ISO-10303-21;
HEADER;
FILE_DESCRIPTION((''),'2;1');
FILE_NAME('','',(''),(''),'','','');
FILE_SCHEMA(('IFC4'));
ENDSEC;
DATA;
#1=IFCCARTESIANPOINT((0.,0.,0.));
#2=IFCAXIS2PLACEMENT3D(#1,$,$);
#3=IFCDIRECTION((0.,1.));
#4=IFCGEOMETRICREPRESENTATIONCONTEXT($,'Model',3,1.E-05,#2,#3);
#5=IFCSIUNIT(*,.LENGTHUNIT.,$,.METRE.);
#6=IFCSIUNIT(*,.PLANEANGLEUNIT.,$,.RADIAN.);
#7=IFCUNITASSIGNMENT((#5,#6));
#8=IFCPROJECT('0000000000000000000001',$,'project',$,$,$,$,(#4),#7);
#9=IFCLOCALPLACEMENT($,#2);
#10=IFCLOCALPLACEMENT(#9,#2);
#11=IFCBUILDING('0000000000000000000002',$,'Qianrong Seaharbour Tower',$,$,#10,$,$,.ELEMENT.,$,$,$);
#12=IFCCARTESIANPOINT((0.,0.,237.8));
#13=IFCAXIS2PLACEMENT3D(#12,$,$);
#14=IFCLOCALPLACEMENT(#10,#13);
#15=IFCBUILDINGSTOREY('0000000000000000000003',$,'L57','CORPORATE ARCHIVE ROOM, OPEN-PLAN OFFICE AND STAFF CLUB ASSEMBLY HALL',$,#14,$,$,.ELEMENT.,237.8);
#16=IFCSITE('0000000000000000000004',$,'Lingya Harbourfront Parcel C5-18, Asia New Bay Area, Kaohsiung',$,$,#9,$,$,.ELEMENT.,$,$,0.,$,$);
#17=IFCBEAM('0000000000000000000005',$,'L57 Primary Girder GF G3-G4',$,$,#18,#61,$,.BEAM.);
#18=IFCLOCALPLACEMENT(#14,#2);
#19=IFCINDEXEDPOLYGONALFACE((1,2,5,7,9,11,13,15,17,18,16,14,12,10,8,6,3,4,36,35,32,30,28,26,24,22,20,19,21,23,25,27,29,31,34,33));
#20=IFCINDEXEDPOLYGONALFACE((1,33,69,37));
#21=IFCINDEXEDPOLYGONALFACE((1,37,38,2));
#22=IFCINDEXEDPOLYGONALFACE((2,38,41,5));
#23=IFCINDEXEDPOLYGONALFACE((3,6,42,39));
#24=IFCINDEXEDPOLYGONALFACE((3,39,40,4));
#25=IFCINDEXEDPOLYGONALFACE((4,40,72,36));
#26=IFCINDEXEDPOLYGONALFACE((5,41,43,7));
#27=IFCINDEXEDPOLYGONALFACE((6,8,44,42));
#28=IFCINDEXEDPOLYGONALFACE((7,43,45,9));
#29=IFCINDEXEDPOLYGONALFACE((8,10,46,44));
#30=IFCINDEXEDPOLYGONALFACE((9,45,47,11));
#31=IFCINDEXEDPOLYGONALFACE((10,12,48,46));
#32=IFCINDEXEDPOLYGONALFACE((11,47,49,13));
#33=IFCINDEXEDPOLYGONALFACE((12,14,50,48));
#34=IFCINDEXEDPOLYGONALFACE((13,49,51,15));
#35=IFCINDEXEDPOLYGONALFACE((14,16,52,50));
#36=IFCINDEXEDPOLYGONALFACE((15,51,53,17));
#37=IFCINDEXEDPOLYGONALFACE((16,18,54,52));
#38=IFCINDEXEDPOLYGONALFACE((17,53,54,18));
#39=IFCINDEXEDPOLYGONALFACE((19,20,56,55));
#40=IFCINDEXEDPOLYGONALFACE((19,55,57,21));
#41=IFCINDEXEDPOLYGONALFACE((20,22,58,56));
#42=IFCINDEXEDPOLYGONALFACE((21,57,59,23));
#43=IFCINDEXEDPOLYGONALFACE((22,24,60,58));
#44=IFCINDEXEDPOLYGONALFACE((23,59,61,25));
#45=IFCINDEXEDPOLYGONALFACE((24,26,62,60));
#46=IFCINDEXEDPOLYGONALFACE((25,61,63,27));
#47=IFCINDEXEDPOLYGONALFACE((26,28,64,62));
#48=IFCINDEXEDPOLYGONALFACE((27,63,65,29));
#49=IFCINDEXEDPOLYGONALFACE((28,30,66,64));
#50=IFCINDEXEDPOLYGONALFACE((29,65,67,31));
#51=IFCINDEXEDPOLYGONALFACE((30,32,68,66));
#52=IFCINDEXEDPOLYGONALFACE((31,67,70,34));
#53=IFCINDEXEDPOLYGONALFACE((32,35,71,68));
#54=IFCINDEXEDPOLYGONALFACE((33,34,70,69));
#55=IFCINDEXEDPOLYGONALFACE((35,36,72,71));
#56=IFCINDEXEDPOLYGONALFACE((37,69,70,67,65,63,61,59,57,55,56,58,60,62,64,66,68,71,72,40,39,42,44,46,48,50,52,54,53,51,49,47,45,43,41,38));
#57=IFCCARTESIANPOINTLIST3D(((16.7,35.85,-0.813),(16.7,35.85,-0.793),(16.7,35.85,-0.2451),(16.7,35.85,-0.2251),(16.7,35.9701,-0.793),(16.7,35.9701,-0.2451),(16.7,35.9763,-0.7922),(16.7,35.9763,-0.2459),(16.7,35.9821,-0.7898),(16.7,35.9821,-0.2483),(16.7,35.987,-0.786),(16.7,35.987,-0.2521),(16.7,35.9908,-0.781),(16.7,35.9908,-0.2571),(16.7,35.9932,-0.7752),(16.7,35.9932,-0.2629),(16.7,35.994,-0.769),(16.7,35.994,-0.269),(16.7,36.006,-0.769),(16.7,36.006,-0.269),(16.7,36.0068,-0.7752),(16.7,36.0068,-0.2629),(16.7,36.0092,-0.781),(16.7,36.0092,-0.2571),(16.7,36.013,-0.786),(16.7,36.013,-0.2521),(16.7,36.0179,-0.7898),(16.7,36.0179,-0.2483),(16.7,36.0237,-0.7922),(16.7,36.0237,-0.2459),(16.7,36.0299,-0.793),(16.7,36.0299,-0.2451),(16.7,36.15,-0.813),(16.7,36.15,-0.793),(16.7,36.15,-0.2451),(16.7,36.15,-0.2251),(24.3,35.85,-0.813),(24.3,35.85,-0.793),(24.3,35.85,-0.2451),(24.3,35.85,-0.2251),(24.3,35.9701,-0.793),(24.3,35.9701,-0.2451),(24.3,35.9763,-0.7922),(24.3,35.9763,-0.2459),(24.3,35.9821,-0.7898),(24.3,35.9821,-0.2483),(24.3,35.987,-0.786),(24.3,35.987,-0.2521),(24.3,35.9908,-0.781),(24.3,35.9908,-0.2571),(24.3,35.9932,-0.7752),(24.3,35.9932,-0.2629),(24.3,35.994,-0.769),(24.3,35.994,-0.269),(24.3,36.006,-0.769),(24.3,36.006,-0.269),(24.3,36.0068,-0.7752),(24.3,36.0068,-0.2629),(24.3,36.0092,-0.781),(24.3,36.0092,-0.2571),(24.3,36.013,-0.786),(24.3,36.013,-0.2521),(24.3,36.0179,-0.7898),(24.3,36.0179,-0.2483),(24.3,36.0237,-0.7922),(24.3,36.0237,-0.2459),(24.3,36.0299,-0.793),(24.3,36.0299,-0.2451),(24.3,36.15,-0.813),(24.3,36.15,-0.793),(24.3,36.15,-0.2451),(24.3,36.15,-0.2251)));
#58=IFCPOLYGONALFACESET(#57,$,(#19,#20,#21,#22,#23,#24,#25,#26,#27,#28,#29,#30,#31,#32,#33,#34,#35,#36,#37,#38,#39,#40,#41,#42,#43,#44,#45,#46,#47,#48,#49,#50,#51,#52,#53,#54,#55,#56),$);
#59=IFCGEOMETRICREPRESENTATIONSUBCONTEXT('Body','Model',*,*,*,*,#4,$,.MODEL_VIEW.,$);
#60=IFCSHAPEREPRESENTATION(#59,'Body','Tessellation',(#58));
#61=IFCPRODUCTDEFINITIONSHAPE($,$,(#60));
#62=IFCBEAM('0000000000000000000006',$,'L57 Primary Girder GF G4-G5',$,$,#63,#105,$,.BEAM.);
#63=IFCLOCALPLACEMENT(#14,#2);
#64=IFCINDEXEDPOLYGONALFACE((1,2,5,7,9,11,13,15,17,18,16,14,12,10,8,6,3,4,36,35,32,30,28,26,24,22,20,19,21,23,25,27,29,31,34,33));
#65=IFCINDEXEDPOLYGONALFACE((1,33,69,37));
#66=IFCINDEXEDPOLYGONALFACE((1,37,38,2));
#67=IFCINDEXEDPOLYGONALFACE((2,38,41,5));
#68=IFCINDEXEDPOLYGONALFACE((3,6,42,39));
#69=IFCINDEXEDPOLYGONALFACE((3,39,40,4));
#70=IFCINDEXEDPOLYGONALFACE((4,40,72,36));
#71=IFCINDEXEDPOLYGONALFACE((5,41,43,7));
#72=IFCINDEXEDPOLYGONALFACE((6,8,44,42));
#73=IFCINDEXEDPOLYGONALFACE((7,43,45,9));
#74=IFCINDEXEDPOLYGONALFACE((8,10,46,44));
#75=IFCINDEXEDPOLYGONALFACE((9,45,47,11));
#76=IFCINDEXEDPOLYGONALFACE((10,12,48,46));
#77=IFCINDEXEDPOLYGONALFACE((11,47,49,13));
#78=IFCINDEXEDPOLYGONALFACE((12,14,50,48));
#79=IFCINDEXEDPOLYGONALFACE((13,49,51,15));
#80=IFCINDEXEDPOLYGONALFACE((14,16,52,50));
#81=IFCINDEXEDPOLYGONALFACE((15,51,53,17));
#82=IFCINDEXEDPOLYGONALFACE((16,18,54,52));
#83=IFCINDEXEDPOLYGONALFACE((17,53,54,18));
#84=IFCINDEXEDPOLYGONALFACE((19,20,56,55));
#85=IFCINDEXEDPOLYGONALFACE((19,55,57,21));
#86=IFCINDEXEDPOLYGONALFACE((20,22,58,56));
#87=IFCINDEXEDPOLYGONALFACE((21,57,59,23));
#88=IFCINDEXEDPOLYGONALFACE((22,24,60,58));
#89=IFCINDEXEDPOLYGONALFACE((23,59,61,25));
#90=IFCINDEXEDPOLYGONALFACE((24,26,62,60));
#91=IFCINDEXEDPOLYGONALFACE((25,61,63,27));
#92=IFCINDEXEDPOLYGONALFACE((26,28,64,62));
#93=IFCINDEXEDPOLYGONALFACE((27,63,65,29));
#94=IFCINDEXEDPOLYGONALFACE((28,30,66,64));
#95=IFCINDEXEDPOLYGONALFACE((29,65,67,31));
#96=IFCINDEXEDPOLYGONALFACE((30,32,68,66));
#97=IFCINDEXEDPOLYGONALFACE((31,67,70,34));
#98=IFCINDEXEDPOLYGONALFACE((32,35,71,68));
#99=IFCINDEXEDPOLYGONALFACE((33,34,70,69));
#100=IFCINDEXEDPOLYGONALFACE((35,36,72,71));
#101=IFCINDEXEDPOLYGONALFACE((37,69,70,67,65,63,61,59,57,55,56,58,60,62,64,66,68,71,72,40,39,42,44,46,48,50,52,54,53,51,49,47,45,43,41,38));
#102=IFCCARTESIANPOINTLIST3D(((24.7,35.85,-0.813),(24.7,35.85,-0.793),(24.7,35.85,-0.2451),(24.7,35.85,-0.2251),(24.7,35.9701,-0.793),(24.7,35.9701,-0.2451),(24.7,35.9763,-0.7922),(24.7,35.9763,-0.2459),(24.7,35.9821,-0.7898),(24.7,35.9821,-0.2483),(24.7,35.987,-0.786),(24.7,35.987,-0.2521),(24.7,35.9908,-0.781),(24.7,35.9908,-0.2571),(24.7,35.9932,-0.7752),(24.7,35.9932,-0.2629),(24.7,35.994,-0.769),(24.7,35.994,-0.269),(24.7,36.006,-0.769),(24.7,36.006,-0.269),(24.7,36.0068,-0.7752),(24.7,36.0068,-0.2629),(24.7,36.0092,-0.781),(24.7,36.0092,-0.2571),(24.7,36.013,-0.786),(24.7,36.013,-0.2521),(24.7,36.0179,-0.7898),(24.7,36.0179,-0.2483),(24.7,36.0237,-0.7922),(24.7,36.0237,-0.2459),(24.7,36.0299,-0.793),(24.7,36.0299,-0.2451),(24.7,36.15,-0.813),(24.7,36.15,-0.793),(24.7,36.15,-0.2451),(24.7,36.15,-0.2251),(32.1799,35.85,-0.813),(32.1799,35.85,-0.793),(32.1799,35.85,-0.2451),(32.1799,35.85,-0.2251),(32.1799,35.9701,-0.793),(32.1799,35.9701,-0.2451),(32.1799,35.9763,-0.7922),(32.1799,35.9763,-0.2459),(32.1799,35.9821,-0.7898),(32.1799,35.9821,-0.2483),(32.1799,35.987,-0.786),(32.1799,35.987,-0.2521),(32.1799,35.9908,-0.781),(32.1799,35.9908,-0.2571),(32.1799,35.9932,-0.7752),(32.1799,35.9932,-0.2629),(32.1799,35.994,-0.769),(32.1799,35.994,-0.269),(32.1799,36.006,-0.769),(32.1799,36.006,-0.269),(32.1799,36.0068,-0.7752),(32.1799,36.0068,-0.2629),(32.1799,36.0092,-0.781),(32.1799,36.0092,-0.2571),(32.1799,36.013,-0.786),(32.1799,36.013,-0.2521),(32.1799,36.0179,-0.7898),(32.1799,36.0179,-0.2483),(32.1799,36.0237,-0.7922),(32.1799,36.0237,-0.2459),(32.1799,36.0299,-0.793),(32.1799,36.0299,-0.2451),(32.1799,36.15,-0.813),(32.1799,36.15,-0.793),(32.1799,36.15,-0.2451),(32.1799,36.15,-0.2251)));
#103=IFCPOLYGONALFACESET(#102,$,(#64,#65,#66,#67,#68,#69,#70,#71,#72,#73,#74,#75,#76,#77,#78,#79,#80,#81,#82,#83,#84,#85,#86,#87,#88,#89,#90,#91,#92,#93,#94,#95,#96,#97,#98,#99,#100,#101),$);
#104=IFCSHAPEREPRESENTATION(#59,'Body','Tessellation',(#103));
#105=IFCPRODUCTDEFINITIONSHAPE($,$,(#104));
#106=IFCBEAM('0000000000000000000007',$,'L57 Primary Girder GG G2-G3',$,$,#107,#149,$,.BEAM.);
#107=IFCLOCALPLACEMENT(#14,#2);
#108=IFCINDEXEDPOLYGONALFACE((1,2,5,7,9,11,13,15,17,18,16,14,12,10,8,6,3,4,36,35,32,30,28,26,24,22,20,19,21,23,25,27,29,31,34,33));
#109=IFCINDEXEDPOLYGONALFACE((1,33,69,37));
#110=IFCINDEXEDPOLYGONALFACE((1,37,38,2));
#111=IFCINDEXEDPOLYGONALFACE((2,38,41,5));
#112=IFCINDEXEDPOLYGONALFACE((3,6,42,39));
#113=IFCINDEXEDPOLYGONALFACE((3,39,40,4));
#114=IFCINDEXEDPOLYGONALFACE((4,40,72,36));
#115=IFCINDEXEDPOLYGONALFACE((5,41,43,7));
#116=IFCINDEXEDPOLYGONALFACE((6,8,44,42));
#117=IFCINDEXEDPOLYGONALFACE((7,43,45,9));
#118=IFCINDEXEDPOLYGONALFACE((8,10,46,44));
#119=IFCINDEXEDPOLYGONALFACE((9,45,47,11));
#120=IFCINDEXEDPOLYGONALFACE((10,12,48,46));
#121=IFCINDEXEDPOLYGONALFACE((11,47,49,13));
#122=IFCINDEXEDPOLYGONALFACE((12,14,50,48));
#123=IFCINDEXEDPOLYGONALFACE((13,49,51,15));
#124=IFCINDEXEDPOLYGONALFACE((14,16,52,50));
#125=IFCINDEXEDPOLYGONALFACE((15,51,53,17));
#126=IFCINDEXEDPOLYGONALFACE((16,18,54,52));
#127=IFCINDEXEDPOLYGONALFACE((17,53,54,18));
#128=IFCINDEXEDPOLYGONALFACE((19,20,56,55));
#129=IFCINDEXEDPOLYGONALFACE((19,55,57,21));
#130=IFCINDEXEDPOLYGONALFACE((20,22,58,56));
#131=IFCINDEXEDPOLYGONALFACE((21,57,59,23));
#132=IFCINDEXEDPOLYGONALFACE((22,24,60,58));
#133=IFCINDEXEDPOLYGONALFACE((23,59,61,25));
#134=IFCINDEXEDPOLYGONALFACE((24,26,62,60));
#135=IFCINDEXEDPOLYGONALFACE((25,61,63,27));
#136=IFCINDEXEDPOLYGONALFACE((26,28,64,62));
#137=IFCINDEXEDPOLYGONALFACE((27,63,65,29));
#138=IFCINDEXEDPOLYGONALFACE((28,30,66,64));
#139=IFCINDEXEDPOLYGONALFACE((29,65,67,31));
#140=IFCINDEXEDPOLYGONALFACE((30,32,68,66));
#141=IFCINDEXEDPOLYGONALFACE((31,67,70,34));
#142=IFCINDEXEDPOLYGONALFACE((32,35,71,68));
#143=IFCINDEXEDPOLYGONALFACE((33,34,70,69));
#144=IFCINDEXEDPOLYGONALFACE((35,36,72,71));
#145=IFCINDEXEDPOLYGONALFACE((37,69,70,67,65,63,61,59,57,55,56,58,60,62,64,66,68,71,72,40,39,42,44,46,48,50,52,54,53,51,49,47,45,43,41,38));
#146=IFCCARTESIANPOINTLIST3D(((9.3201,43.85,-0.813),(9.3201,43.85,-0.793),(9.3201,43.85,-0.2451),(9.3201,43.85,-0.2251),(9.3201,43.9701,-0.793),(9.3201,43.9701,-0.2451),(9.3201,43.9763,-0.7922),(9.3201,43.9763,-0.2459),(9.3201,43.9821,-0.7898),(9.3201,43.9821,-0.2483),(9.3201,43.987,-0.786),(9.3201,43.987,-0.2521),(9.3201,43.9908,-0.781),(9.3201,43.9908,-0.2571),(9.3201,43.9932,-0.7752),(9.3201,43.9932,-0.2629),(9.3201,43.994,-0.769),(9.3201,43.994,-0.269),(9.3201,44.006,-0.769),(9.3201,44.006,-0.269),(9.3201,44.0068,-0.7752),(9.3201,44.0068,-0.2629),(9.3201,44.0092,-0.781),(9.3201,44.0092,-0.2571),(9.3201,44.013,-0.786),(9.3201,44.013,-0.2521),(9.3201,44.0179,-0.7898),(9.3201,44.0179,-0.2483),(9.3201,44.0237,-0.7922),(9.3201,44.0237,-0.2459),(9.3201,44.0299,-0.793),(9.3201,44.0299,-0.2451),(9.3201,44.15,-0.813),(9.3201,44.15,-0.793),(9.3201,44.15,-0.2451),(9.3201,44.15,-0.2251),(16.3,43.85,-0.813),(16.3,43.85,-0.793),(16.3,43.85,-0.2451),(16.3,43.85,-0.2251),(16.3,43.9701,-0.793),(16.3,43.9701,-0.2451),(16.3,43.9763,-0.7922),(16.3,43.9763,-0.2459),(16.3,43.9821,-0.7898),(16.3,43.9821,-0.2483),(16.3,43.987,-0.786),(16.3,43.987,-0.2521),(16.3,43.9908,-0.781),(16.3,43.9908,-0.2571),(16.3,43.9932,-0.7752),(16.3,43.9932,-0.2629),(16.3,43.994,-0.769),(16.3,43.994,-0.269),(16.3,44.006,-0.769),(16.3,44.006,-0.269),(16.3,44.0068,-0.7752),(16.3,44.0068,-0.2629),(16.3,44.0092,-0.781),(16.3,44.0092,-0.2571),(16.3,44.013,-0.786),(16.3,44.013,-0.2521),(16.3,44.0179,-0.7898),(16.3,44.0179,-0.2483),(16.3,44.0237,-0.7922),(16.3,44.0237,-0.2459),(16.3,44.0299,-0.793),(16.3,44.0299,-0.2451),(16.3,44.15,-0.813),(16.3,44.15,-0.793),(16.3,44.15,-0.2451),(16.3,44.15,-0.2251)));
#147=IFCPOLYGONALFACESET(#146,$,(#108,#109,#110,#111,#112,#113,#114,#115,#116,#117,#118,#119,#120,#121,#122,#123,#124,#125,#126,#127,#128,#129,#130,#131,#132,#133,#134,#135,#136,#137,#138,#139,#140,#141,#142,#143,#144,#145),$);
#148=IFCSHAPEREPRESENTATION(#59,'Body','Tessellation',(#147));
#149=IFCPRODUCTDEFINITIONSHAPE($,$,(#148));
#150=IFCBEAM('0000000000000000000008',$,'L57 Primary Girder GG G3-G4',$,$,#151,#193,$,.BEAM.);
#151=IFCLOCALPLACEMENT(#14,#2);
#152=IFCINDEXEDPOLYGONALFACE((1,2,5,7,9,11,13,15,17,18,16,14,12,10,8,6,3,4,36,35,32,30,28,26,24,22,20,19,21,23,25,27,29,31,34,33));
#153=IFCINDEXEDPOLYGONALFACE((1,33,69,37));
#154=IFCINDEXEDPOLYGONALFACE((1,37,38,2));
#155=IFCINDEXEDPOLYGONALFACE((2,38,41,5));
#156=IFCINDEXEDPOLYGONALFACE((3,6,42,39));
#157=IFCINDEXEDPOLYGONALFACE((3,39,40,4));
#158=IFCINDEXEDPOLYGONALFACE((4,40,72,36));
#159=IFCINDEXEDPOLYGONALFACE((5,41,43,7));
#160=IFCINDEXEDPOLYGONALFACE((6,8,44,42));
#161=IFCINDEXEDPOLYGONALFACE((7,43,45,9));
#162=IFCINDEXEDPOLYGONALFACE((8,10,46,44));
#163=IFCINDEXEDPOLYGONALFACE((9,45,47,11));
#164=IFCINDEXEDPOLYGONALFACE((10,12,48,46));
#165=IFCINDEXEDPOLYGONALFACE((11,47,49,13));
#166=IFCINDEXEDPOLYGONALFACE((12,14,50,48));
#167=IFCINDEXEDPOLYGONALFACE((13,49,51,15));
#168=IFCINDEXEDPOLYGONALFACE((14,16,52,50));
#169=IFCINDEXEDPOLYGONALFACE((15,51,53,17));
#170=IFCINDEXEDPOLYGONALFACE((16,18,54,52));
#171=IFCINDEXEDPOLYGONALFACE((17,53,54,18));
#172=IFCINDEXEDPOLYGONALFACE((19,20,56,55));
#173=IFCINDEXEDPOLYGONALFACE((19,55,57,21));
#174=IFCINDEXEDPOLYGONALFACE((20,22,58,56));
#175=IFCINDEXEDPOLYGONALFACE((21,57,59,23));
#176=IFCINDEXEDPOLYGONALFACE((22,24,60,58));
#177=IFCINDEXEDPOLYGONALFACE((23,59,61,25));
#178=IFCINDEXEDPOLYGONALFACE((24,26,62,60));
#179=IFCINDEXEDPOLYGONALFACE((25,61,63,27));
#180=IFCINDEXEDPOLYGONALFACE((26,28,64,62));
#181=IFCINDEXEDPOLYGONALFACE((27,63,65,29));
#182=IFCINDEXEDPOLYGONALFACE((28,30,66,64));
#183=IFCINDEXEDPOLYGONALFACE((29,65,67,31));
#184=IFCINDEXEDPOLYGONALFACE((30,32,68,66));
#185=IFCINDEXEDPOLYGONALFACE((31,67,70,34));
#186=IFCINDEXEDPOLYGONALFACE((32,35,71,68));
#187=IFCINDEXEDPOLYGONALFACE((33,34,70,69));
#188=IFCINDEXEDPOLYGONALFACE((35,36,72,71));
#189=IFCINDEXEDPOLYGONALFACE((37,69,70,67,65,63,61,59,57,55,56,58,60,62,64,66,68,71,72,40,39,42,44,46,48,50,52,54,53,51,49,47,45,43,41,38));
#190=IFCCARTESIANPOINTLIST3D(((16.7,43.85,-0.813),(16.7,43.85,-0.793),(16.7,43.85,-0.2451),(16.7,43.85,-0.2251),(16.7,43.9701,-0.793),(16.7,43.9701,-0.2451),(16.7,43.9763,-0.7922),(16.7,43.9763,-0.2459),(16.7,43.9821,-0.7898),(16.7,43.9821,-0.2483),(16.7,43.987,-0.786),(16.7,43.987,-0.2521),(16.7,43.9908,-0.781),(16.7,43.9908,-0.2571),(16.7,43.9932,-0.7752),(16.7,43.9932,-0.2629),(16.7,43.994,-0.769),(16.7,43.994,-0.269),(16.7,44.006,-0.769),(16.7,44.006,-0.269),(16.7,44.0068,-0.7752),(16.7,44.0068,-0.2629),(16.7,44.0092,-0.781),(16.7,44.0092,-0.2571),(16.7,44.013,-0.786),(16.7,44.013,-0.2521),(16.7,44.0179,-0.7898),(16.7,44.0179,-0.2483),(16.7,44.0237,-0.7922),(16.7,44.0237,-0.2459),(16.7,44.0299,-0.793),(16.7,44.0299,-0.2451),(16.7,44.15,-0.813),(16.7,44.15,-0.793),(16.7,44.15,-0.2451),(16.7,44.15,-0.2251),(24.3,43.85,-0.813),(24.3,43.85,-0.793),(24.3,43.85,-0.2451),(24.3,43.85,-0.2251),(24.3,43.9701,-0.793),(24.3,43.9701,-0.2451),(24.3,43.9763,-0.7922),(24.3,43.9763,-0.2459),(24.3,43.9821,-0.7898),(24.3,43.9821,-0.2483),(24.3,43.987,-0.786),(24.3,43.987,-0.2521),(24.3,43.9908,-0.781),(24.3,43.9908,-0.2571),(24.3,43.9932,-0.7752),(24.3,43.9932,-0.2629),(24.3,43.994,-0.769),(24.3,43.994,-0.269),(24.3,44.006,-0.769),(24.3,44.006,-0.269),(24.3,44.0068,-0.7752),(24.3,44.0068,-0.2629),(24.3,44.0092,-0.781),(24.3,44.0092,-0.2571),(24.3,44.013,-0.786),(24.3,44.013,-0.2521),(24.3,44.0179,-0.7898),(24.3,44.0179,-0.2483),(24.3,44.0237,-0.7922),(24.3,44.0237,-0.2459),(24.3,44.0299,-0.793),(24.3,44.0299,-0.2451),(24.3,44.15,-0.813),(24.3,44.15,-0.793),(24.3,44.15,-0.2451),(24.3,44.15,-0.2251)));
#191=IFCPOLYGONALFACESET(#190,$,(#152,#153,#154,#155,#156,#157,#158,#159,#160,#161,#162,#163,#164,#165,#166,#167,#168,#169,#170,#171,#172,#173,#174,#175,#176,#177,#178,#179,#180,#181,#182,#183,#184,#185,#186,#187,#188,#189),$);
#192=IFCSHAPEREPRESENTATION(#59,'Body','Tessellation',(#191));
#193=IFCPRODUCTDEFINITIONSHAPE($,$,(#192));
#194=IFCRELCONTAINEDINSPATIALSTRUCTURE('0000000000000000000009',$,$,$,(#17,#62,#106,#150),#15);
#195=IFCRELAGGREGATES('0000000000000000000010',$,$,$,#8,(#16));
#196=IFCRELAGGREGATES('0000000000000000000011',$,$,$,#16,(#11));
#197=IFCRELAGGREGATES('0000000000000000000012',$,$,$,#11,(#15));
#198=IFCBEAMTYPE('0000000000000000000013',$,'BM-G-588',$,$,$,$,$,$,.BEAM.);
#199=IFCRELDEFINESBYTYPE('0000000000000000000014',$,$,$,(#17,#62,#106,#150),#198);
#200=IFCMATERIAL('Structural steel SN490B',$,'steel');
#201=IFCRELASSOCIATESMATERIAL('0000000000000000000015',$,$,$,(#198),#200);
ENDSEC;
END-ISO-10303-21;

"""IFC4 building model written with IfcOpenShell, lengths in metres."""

from ifc_helpers import new_model, si_unit, direction, frame, origin, origin_2d, place, context, subcontext, project, spatial, i_section, extrude, material, material_profile, profile_set, type_object, element, save


model = new_model("IFC4")

# Units and contexts
model_context = context("Model", 3, precision=1e-05, world=origin(), true_north=direction((0.0, 1.0)))
body_context = subcontext(model_context, "Body", "Model", "MODEL_VIEW")
ifc_project = project(units=[si_unit("LENGTHUNIT", "METRE"), si_unit("PLANEANGLEUNIT", "RADIAN")], contexts=[model_context])

# Site, building, storey
site_placement = place(None, origin())
site = spatial("IfcSite", under=ifc_project, at=site_placement, Name="Lingya Harbourfront Parcel C5-18, Asia New Bay Area, Kaohsiung", CompositionType="ELEMENT", RefElevation=0.0)
building_placement = place(site_placement, origin())
building = spatial("IfcBuilding", under=site, at=building_placement, Name="Qianrong Seaharbour Tower", CompositionType="ELEMENT")
storey_placement = place(building_placement, frame((0.0, 0.0, 237.8)))
storey = spatial("IfcBuildingStorey", under=building, at=storey_placement, Name="L57", Description="CORPORATE ARCHIVE ROOM, OPEN-PLAN OFFICE AND STAFF CLUB ASSEMBLY HALL", CompositionType="ELEMENT", Elevation=237.8)

# Shared definitions
ifc_material_1 = material(Name="Structural steel SN490B", Category="steel")

# Beams
ifc_material_profile_1 = material_profile(ifc_material_1, i_section(OverallWidth=0.3, OverallDepth=0.5879, WebThickness=0.012, FlangeThickness=0.02, FilletRadius=0.0239, at=origin_2d()), Name="H588x300x12x20")
ifc_profile_set_1 = profile_set([ifc_material_profile_1], Name="Structural steel SN490B")
beam_type_1 = type_object("IfcBeamType", Name="BM-G-588", PredefinedType="BEAM", material=ifc_profile_set_1)
beam_1_placement = place(storey_placement, frame((16.7, 36.0, -0.519), z_axis=(1.0, 0.0, 0.0), x_axis=(0.0, 1.0, 0.0)))
element("IfcBeam", 1, at=beam_1_placement, inside=storey, type_object=beam_type_1, Name="L57 Primary Girder GF G3-G4", PredefinedType="BEAM", context=body_context, shape_type="SweptSolid", body=[
    extrude(i_section(OverallWidth=0.3, OverallDepth=0.5879, WebThickness=0.012, FlangeThickness=0.02, FilletRadius=0.0239, at=origin_2d()), origin(), (0.0, 0.0, 1.0), 7.6001),
])
beam_2_placement = place(storey_placement, frame((24.7, 36.0, -0.519), z_axis=(1.0, 0.0, 0.0), x_axis=(0.0, 1.0, 0.0)))
element("IfcBeam", 2, at=beam_2_placement, inside=storey, type_object=beam_type_1, Name="L57 Primary Girder GF G4-G5", PredefinedType="BEAM", context=body_context, shape_type="SweptSolid", body=[
    extrude(i_section(OverallWidth=0.3, OverallDepth=0.5879, WebThickness=0.012, FlangeThickness=0.02, FilletRadius=0.0239, at=origin_2d()), origin(), (0.0, 0.0, 1.0), 7.48),
])
beam_3_placement = place(storey_placement, frame((9.3201, 44.0, -0.519), z_axis=(1.0, 0.0, 0.0), x_axis=(0.0, 1.0, 0.0)))
element("IfcBeam", 3, at=beam_3_placement, inside=storey, type_object=beam_type_1, Name="L57 Primary Girder GG G2-G3", PredefinedType="BEAM", context=body_context, shape_type="SweptSolid", body=[
    extrude(i_section(OverallWidth=0.3, OverallDepth=0.5879, WebThickness=0.012, FlangeThickness=0.02, FilletRadius=0.0239, at=origin_2d()), origin(), (0.0, 0.0, 1.0), 6.98),
])
for number, where, z_axis, x_axis, name in (
    (4, (16.7, 44.0, -0.519), (1.0, 0.0, 0.0), (0.0, 1.0, 0.0), "L57 Primary Girder GG G3-G4"),
):
    element("IfcBeam", number, at=place(storey_placement, frame(where, z_axis=z_axis, x_axis=x_axis)), inside=storey, type_object=beam_type_1, Name=name, PredefinedType="BEAM", context=body_context, shape_type="SweptSolid", body=[
        extrude(i_section(OverallWidth=0.3, OverallDepth=0.5879, WebThickness=0.012, FlangeThickness=0.02, FilletRadius=0.0239, at=origin_2d()), origin(), (0.0, 0.0, 1.0), 7.6001),
    ])

save(model, "model.ifc")
